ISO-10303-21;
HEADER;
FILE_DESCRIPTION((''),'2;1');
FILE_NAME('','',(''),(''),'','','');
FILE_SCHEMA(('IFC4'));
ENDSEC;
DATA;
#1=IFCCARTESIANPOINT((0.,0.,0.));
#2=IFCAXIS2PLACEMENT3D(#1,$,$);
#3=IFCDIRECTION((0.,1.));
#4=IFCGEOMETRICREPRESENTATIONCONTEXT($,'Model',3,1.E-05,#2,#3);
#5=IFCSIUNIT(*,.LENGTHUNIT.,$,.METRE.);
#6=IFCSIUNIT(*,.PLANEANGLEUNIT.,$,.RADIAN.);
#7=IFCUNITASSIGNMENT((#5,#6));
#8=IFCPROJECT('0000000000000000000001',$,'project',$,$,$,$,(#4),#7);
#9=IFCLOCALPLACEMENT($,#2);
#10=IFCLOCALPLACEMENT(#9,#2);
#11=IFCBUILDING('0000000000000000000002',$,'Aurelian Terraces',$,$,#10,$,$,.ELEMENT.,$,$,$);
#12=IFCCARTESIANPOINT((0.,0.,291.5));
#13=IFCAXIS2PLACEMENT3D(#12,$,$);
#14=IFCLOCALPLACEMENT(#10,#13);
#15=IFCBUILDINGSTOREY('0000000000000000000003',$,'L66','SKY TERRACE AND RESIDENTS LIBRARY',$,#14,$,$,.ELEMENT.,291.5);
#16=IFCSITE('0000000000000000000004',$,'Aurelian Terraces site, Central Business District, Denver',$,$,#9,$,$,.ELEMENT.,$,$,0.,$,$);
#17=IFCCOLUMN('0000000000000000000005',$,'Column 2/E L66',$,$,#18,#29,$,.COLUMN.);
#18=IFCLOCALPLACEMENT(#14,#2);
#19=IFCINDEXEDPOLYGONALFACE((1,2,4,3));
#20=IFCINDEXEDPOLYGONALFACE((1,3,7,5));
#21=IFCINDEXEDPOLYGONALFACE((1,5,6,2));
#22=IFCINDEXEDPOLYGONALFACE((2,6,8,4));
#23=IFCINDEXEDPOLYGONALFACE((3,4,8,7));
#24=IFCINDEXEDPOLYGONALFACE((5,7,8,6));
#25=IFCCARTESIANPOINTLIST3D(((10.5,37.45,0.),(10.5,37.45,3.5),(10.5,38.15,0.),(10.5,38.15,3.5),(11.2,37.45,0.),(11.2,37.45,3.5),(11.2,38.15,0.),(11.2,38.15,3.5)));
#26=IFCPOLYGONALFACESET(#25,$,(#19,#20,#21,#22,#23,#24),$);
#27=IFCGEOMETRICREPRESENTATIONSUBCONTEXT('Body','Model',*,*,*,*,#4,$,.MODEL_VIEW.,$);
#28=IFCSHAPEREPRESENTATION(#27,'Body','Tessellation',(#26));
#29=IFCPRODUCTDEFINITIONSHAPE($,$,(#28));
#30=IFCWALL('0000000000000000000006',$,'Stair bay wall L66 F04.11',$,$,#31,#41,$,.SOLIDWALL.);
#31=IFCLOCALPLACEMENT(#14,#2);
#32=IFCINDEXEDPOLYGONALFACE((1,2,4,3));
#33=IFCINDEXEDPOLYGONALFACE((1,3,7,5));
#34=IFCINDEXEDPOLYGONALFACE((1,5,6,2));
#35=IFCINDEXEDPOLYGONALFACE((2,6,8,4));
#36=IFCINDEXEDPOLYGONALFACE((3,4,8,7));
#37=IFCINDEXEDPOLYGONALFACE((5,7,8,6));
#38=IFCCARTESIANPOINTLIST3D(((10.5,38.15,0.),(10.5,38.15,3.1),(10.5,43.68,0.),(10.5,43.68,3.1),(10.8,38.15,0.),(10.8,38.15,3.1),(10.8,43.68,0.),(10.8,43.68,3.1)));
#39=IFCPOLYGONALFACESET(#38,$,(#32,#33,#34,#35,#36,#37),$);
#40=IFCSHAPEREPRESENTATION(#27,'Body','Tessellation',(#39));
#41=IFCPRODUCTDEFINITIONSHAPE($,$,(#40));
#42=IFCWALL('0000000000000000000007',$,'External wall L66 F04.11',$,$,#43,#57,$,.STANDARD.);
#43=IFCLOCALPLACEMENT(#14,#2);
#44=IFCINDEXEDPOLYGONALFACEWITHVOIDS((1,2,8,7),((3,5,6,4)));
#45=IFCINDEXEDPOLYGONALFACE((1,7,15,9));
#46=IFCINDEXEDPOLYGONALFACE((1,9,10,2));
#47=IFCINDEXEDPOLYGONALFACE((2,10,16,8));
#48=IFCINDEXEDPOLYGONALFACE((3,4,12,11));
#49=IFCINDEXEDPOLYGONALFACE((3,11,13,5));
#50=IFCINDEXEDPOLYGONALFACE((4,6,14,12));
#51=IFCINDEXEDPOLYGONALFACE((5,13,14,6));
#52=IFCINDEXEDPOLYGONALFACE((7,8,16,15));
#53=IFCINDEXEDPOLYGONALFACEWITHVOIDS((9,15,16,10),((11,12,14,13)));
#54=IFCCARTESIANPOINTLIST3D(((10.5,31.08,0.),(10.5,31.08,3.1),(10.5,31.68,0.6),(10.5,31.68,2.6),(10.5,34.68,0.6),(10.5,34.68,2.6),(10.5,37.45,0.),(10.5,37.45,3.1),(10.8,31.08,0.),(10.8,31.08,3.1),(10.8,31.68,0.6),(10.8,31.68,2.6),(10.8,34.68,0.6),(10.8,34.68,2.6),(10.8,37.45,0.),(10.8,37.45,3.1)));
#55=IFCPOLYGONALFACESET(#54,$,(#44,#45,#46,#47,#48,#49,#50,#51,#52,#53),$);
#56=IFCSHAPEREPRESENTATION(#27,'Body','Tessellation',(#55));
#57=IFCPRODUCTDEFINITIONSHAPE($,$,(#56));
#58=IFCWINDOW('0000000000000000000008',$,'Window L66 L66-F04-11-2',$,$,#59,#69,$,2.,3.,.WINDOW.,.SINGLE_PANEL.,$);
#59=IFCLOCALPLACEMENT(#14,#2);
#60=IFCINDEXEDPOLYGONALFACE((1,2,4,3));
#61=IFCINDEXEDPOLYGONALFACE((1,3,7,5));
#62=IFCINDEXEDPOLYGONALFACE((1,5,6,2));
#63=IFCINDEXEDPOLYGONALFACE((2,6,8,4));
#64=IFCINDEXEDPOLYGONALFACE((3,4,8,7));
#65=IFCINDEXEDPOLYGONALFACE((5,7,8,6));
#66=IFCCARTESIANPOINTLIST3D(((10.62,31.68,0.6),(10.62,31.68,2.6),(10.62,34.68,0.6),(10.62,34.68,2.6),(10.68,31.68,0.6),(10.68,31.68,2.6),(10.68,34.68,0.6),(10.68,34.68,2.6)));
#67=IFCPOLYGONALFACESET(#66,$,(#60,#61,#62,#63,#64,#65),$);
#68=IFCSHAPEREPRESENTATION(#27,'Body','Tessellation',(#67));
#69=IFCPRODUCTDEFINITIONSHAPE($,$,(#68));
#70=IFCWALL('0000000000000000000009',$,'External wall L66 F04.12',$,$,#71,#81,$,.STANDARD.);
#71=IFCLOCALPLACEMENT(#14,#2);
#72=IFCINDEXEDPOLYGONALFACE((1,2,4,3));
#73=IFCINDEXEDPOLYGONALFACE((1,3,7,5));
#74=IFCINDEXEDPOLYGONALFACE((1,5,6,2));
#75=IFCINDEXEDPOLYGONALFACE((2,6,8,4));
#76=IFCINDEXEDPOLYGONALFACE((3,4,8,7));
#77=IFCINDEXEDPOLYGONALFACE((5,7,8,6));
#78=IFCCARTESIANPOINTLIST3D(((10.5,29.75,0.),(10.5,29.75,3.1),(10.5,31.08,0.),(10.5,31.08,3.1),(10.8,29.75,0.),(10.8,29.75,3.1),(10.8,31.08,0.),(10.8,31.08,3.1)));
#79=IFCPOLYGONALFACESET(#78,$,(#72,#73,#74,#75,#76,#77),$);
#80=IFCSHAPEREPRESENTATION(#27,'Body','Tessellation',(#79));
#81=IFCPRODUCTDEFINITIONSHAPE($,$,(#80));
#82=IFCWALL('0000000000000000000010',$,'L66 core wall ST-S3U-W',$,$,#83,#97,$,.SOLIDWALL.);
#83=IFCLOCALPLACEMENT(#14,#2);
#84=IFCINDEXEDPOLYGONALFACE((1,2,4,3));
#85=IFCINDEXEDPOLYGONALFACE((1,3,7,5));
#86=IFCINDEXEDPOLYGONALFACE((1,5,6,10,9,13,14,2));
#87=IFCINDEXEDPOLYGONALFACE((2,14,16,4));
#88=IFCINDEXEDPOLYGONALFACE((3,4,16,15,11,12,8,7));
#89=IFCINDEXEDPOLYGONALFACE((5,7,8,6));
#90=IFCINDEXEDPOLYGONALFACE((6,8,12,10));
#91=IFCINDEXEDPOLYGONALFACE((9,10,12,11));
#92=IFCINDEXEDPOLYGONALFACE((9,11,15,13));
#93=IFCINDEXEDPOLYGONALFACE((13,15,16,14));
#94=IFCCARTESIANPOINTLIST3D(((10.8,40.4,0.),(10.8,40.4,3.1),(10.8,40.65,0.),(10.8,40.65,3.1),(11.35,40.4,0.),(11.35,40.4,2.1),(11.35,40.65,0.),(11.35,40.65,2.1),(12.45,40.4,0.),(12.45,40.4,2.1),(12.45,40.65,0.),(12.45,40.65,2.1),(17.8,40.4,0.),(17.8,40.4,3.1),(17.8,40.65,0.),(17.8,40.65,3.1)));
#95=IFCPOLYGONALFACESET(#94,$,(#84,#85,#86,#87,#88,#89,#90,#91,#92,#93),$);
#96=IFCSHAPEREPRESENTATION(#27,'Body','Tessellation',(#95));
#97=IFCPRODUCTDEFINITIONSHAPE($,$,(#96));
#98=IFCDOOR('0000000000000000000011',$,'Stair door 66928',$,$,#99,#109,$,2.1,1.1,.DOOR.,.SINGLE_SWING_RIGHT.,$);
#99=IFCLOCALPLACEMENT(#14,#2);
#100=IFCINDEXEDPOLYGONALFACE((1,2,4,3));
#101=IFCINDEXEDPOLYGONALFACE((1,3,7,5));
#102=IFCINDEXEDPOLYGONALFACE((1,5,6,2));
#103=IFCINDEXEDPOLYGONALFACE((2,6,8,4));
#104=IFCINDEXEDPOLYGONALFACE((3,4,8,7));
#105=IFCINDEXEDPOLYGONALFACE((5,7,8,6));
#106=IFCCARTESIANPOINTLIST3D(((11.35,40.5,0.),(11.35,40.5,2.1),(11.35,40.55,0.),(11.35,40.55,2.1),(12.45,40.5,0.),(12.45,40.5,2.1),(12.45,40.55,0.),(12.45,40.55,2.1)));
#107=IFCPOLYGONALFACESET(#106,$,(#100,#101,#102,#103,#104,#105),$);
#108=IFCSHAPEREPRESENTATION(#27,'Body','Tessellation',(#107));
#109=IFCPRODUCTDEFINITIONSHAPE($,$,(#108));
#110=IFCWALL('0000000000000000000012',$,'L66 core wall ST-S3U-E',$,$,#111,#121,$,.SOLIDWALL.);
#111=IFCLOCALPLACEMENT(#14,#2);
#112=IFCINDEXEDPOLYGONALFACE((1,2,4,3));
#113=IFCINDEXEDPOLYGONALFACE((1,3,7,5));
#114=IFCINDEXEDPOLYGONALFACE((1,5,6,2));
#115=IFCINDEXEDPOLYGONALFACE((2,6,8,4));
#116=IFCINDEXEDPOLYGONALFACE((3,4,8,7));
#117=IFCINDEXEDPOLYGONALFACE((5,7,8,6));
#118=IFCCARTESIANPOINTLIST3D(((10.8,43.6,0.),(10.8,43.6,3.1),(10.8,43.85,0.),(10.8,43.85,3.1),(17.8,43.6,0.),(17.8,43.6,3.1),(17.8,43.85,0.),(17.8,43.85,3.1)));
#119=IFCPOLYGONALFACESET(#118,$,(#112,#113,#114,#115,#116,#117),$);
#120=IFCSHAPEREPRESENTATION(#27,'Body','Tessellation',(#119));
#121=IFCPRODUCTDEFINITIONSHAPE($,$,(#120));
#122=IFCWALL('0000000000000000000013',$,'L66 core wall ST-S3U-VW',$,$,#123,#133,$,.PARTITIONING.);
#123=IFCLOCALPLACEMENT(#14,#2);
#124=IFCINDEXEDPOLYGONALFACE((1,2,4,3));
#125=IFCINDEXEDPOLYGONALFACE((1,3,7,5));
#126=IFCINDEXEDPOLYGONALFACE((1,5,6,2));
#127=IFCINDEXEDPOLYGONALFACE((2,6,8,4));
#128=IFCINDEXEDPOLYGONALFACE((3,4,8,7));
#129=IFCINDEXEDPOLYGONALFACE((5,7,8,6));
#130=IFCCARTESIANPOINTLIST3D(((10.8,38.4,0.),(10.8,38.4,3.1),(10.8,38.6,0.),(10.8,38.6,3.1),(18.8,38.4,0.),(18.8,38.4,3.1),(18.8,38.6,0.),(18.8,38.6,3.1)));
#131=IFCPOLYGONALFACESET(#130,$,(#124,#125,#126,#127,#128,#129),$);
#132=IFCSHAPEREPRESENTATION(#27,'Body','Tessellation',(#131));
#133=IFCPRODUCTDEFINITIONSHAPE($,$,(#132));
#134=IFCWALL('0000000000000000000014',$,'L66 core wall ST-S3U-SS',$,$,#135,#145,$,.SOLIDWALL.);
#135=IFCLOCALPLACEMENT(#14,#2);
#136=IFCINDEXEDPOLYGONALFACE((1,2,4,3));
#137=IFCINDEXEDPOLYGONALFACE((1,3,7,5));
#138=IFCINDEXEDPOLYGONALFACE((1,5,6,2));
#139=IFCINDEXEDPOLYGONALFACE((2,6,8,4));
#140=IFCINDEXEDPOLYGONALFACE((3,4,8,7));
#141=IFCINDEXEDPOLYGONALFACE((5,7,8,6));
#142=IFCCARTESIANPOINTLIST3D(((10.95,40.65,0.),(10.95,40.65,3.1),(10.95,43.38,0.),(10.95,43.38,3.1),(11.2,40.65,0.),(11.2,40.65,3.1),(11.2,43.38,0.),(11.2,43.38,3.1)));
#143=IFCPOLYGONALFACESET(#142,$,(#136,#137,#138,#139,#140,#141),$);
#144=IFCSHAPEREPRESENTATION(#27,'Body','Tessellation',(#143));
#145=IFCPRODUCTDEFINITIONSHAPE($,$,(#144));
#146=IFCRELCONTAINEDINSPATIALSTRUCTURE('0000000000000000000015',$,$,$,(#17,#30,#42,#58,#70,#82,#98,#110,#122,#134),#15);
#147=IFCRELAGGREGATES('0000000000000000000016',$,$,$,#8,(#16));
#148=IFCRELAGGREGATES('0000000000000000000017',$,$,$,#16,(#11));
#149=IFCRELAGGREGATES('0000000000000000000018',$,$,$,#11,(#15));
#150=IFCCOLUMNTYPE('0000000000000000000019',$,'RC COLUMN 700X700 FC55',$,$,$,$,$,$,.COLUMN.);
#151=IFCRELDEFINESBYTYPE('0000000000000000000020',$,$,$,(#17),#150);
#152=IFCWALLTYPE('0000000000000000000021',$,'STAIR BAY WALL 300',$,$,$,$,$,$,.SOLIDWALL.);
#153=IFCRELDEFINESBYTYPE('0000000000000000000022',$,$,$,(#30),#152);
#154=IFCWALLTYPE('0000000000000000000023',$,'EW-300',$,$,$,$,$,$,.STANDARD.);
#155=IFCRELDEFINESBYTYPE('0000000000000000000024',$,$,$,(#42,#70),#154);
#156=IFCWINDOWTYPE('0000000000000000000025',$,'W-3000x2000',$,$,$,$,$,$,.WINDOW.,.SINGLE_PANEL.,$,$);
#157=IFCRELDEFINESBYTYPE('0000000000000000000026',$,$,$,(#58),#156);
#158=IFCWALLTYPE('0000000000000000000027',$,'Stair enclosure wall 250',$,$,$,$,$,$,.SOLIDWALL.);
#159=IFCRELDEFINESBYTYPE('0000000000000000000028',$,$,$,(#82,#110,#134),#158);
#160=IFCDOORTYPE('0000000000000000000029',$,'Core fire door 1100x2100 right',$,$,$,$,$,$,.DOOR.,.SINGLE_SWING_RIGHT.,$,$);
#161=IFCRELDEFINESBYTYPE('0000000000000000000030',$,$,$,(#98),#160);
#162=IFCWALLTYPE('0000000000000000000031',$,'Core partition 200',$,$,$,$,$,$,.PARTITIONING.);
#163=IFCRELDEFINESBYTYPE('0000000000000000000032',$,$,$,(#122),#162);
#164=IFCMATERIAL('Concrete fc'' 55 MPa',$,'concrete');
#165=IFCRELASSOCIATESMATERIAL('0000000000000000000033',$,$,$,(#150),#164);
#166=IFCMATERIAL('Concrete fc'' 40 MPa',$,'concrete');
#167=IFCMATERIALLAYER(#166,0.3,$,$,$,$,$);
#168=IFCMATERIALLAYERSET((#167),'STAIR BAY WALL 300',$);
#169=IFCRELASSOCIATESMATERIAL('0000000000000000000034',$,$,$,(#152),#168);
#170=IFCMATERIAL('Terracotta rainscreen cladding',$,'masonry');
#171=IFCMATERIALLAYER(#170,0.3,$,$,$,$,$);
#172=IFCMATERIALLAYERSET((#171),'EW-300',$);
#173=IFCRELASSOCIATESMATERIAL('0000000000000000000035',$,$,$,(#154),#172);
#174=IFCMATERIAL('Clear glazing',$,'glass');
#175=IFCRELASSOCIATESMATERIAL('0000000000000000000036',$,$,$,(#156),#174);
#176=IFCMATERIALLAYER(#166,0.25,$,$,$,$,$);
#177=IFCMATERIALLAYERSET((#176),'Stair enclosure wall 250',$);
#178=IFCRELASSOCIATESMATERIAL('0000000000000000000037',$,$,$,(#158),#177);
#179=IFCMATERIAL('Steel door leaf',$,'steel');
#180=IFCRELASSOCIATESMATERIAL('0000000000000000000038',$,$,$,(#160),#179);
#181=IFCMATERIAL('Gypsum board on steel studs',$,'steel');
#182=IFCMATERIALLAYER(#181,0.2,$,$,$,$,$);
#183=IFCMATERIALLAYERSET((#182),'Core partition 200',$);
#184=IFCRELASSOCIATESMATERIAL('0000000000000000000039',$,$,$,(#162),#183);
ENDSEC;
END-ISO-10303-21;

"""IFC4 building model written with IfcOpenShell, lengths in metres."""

from ifc_helpers import new_model, si_unit, direction, frame, frame_2d, origin, origin_2d, place, context, subcontext, project, spatial, rectangle, extrude, source, transform, mapped, material, layer, layer_set, material_profile, profile_set, type_object, element, fill, save


model = new_model("IFC4")

# Units and contexts
model_context = context("Model", 3, precision=1e-05, world=origin(), true_north=direction((0.0, 1.0)))
body_context = subcontext(model_context, "Body", "Model", "MODEL_VIEW")
ifc_project = project(units=[si_unit("LENGTHUNIT", "METRE"), si_unit("PLANEANGLEUNIT", "RADIAN")], contexts=[model_context])

# Site, building, storey
site_placement = place(None, origin())
site = spatial("IfcSite", under=ifc_project, at=site_placement, Name="Aurelian Terraces site, Central Business District, Denver", CompositionType="ELEMENT", RefElevation=0.0)
building_placement = place(site_placement, origin())
building = spatial("IfcBuilding", under=site, at=building_placement, Name="Aurelian Terraces", CompositionType="ELEMENT")
storey_placement = place(building_placement, frame((0.0, 0.0, 291.5)))
storey = spatial("IfcBuildingStorey", under=building, at=storey_placement, Name="L66", Description="SKY TERRACE AND RESIDENTS LIBRARY", CompositionType="ELEMENT", Elevation=291.5)

# Column
ifc_material_1 = material(Name="Concrete fc' 55 MPa", Category="concrete")
ifc_material_profile = material_profile(ifc_material_1, rectangle(XDim=0.7, YDim=0.7, at=origin_2d()))
ifc_profile_set = profile_set([ifc_material_profile], Name="Concrete fc' 55 MPa")
column_type = type_object("IfcColumnType", Name="RC COLUMN 700X700 FC55", PredefinedType="COLUMN", material=ifc_profile_set)
shared_shape_1 = source(origin(), body_context, "Body", "SweptSolid", [
    extrude(rectangle(XDim=0.7, YDim=0.7, at=origin_2d()), origin(), (0.0, 0.0, 1.0), 3.5),
])
column_placement = place(storey_placement, frame((10.85, 37.8, 0.0), z_axis=(0.0, 0.0, 1.0), x_axis=(1.0, 0.0, 0.0)))
element("IfcColumn", 1, at=column_placement, inside=storey, type_object=column_type, Name="Column 2/E L66", PredefinedType="COLUMN", context=body_context, shape_type="MappedRepresentation", body=[
    mapped(shared_shape_1, transform((0.0, 0.0, 0.0), scale=1.0)),
])

# Wall
ifc_material_2 = material(Name="Concrete fc' 40 MPa", Category="concrete")
ifc_layer_1 = layer(ifc_material_2, 0.3)
ifc_layer_set_1 = layer_set([ifc_layer_1], Name="STAIR BAY WALL 300")
wall_type_1 = type_object("IfcWallType", Name="STAIR BAY WALL 300", PredefinedType="SOLIDWALL", material=ifc_layer_set_1)
shared_shape_2 = source(origin(), body_context, "Body", "SweptSolid", [
    extrude(rectangle(XDim=5.53, YDim=0.3, at=frame_2d((2.765, 0.0))), origin(), (0.0, 0.0, 1.0), 3.1),
])
wall_1_placement = place(storey_placement, frame((10.65, 43.68, 0.0), z_axis=(0.0, 0.0, 1.0), x_axis=(0.0, -1.0, 0.0)))
element("IfcWall", 2, at=wall_1_placement, inside=storey, type_object=wall_type_1, Name="Stair bay wall L66 F04.11", PredefinedType="SOLIDWALL", context=body_context, shape_type="MappedRepresentation", body=[
    mapped(shared_shape_2, transform((0.0, 0.0, 0.0), scale=1.0)),
])

# Wall, opening, window
ifc_material_3 = material(Name="Terracotta rainscreen cladding", Category="masonry")
ifc_layer_2 = layer(ifc_material_3, 0.3)
ifc_layer_set_2 = layer_set([ifc_layer_2], Name="EW-300")
wall_type_2 = type_object("IfcWallType", Name="EW-300", PredefinedType="STANDARD", material=ifc_layer_set_2)
shared_shape_3 = source(origin(), body_context, "Body", "SweptSolid", [
    extrude(rectangle(XDim=6.37, YDim=0.3, at=frame_2d((3.185, 0.0))), origin(), (0.0, 0.0, 1.0), 3.1),
])
wall_2_placement = place(storey_placement, frame((10.65, 37.45, 0.0), z_axis=(0.0, 0.0, 1.0), x_axis=(0.0, -1.0, 0.0)))
wall_2 = element("IfcWall", 3, at=wall_2_placement, inside=storey, type_object=wall_type_2, Name="External wall L66 F04.11", PredefinedType="STANDARD", context=body_context, shape_type="MappedRepresentation", body=[
    mapped(shared_shape_3, transform((0.0, 0.0, 0.0), scale=1.0)),
])
shared_shape_4 = source(origin(), body_context, "Body", "SweptSolid", [
    extrude(rectangle(XDim=3.0, YDim=2.0, at=frame_2d((1.5, 1.0))), frame((0.0, 0.16, 0.0), z_axis=(0.0, -1.0, 0.0), x_axis=(1.0, 0.0, 0.0)), (0.0, 0.0, 1.0), 0.32),
])
opening_1_placement = place(wall_2_placement, frame((2.77, 0.0, 0.6)))
opening_1 = element("IfcOpeningElement", 4, at=opening_1_placement, cuts=wall_2, PredefinedType="OPENING", context=body_context, shape_type="MappedRepresentation", body=[
    mapped(shared_shape_4, transform((0.0, 0.0, 0.0), scale=1.0)),
])
ifc_material_4 = material(Name="Clear glazing", Category="glass")
window_type = type_object("IfcWindowType", Name="W-3000x2000", PartitioningType="SINGLE_PANEL", PredefinedType="WINDOW", material=ifc_material_4)
shared_shape_5 = source(origin(), body_context, "Body", "SweptSolid", [
    extrude(rectangle(XDim=3.0, YDim=2.0, at=frame_2d((1.5, 1.0))), frame((0.0, 0.03, 0.0), z_axis=(0.0, -1.0, 0.0), x_axis=(1.0, 0.0, 0.0)), (0.0, 0.0, 1.0), 0.06),
])
window_placement = place(opening_1_placement, origin())
window = element("IfcWindow", 5, at=window_placement, inside=storey, type_object=window_type, Name="Window L66 L66-F04-11-2", OverallHeight=2.0, OverallWidth=3.0, PartitioningType="SINGLE_PANEL", PredefinedType="WINDOW", context=body_context, shape_type="MappedRepresentation", body=[
    mapped(shared_shape_5, transform((0.0, 0.0, 0.0), scale=1.0)),
])
fill(opening_1, window)

# Wall
shared_shape_6 = source(origin(), body_context, "Body", "SweptSolid", [
    extrude(rectangle(XDim=1.33, YDim=0.3, at=frame_2d((0.665, 0.0))), origin(), (0.0, 0.0, 1.0), 3.1),
])
wall_3_placement = place(storey_placement, frame((10.65, 31.08, 0.0), z_axis=(0.0, 0.0, 1.0), x_axis=(0.0, -1.0, 0.0)))
element("IfcWall", 6, at=wall_3_placement, inside=storey, type_object=wall_type_2, Name="External wall L66 F04.12", PredefinedType="STANDARD", context=body_context, shape_type="MappedRepresentation", body=[
    mapped(shared_shape_6, transform((0.0, 0.0, 0.0), scale=1.0)),
])

# Wall, opening, door
ifc_layer_3 = layer(ifc_material_2, 0.25)
ifc_layer_set_3 = layer_set([ifc_layer_3], Name="Stair enclosure wall 250")
wall_type_3 = type_object("IfcWallType", Name="Stair enclosure wall 250", PredefinedType="SOLIDWALL", material=ifc_layer_set_3)
shared_shape_7 = source(origin(), body_context, "Body", "SweptSolid", [
    extrude(rectangle(XDim=7.0, YDim=0.25, at=frame_2d((3.5, 0.0))), origin(), (0.0, 0.0, 1.0), 3.1),
])
wall_4_placement = place(storey_placement, frame((10.8, 40.525, 0.0), z_axis=(0.0, 0.0, 1.0), x_axis=(1.0, 0.0, 0.0)))
wall_4 = element("IfcWall", 7, at=wall_4_placement, inside=storey, type_object=wall_type_3, Name="L66 core wall ST-S3U-W", PredefinedType="SOLIDWALL", context=body_context, shape_type="MappedRepresentation", body=[
    mapped(shared_shape_7, transform((0.0, 0.0, 0.0), scale=1.0)),
])
shared_shape_8 = source(origin(), body_context, "Body", "SweptSolid", [
    extrude(rectangle(XDim=1.1, YDim=2.1, at=frame_2d((0.55, 1.05))), frame((0.0, 0.135, 0.0), z_axis=(0.0, -1.0, 0.0), x_axis=(1.0, 0.0, 0.0)), (0.0, 0.0, 1.0), 0.27),
])
opening_2_placement = place(wall_4_placement, frame((0.55, 0.0, 0.0)))
opening_2 = element("IfcOpeningElement", 8, at=opening_2_placement, cuts=wall_4, PredefinedType="OPENING", context=body_context, shape_type="MappedRepresentation", body=[
    mapped(shared_shape_8, transform((0.0, 0.0, 0.0), scale=1.0)),
])
ifc_material_5 = material(Name="Steel door leaf", Category="steel")
door_type = type_object("IfcDoorType", Name="Core fire door 1100x2100 right", OperationType="SINGLE_SWING_RIGHT", PredefinedType="DOOR", material=ifc_material_5)
shared_shape_9 = source(origin(), body_context, "Body", "SweptSolid", [
    extrude(rectangle(XDim=1.1, YDim=2.1, at=frame_2d((0.55, 1.05))), frame((0.0, 0.025, 0.0), z_axis=(0.0, -1.0, 0.0), x_axis=(1.0, 0.0, 0.0)), (0.0, 0.0, 1.0), 0.05),
])
door_placement = place(opening_2_placement, origin())
door = element("IfcDoor", 9, at=door_placement, inside=storey, type_object=door_type, Name="Stair door 66928", OperationType="SINGLE_SWING_RIGHT", OverallHeight=2.1, OverallWidth=1.1, PredefinedType="DOOR", context=body_context, shape_type="MappedRepresentation", body=[
    mapped(shared_shape_9, transform((0.0, 0.0, 0.0), scale=1.0)),
])
fill(opening_2, door)

# Walls
wall_5_placement = place(storey_placement, frame((10.8, 43.725, 0.0), z_axis=(0.0, 0.0, 1.0), x_axis=(1.0, 0.0, 0.0)))
element("IfcWall", 10, at=wall_5_placement, inside=storey, type_object=wall_type_3, Name="L66 core wall ST-S3U-E", PredefinedType="SOLIDWALL", context=body_context, shape_type="MappedRepresentation", body=[
    mapped(shared_shape_7, transform((0.0, 0.0, 0.0), scale=1.0)),
])
ifc_material_6 = material(Name="Gypsum board on steel studs", Category="steel")
ifc_layer_4 = layer(ifc_material_6, 0.2)
ifc_layer_set_4 = layer_set([ifc_layer_4], Name="Core partition 200")
wall_type_4 = type_object("IfcWallType", Name="Core partition 200", PredefinedType="PARTITIONING", material=ifc_layer_set_4)
shared_shape_10 = source(origin(), body_context, "Body", "SweptSolid", [
    extrude(rectangle(XDim=8.0, YDim=0.2, at=frame_2d((4.0, 0.0))), origin(), (0.0, 0.0, 1.0), 3.1),
])
wall_6_placement = place(storey_placement, frame((10.8, 38.5, 0.0), z_axis=(0.0, 0.0, 1.0), x_axis=(1.0, 0.0, 0.0)))
element("IfcWall", 11, at=wall_6_placement, inside=storey, type_object=wall_type_4, Name="L66 core wall ST-S3U-VW", PredefinedType="PARTITIONING", context=body_context, shape_type="MappedRepresentation", body=[
    mapped(shared_shape_10, transform((0.0, 0.0, 0.0), scale=1.0)),
])
shared_shape_11 = source(origin(), body_context, "Body", "SweptSolid", [
    extrude(rectangle(XDim=2.73, YDim=0.25, at=frame_2d((1.365, 0.0))), origin(), (0.0, 0.0, 1.0), 3.1),
])
wall_7_placement = place(storey_placement, frame((11.075, 40.65, 0.0), z_axis=(0.0, 0.0, 1.0), x_axis=(0.0, 1.0, 0.0)))
element("IfcWall", 12, at=wall_7_placement, inside=storey, type_object=wall_type_3, Name="L66 core wall ST-S3U-SS", PredefinedType="SOLIDWALL", context=body_context, shape_type="MappedRepresentation", body=[
    mapped(shared_shape_11, transform((0.0, 0.0, 0.0), scale=1.0)),
])

save(model, "model.ifc")
